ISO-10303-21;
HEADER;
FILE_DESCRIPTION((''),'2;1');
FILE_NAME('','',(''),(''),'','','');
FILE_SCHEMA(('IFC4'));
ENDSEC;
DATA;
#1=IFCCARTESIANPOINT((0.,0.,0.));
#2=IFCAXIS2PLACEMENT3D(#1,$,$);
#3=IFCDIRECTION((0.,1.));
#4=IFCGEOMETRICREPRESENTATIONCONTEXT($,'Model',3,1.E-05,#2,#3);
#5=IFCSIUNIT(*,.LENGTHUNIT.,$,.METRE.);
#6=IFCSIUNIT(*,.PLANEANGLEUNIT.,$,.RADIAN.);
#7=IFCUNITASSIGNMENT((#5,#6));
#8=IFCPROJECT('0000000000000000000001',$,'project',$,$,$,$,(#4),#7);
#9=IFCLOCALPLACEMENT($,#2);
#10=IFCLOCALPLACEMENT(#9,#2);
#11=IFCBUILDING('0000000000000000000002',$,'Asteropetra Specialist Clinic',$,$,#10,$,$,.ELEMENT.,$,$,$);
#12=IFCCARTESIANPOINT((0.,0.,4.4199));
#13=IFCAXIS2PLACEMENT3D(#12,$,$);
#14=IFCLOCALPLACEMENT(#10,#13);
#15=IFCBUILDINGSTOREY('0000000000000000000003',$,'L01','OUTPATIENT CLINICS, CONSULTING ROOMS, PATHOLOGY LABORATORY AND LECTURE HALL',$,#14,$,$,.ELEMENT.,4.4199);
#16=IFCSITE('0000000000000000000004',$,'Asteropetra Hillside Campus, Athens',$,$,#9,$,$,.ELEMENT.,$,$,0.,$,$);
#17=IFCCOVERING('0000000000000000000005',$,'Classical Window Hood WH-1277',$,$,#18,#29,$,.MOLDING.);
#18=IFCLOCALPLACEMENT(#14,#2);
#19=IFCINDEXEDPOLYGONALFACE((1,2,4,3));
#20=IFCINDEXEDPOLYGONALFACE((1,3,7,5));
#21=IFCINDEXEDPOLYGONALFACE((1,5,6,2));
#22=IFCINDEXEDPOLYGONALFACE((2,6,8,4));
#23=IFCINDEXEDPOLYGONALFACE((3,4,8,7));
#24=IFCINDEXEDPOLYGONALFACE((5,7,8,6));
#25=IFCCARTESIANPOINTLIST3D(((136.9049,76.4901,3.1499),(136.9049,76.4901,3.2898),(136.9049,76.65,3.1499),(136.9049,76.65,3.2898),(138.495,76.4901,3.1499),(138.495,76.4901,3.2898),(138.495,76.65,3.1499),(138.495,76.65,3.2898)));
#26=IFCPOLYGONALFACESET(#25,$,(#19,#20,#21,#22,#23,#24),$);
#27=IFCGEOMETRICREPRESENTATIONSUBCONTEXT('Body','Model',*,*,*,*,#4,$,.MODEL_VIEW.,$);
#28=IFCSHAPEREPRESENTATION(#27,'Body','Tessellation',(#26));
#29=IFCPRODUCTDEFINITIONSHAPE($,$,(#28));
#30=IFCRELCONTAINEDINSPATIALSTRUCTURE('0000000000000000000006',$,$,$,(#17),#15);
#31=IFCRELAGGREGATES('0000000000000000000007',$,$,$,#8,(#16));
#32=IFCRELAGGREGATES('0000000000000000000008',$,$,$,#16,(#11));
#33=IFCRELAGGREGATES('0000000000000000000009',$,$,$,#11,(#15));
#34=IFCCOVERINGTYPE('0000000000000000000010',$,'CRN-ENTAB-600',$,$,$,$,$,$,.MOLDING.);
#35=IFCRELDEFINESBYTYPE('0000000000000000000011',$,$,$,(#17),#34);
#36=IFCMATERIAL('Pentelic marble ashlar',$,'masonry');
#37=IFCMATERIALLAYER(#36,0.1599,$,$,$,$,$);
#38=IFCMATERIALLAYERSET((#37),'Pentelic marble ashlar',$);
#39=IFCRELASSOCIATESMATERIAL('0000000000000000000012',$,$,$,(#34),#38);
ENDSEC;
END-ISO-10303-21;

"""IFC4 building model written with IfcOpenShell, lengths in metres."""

from ifc_helpers import new_model, si_unit, direction, frame, origin, origin_2d, place, context, subcontext, project, spatial, rectangle, extrude, material, layer, layer_set, type_object, element, save


model = new_model("IFC4")

# Units and contexts
model_context = context("Model", 3, precision=1e-05, world=origin(), true_north=direction((0.0, 1.0)))
body_context = subcontext(model_context, "Body", "Model", "MODEL_VIEW")
ifc_project = project(units=[si_unit("LENGTHUNIT", "METRE"), si_unit("PLANEANGLEUNIT", "RADIAN")], contexts=[model_context])

# Site, building, storey
site_placement = place(None, origin())
site = spatial("IfcSite", under=ifc_project, at=site_placement, Name="Asteropetra Hillside Campus, Athens", CompositionType="ELEMENT", RefElevation=0.0)
building_placement = place(site_placement, origin())
building = spatial("IfcBuilding", under=site, at=building_placement, Name="Asteropetra Specialist Clinic", CompositionType="ELEMENT")
storey_placement = place(building_placement, frame((0.0, 0.0, 4.4199)))
storey = spatial("IfcBuildingStorey", under=building, at=storey_placement, Name="L01", Description="OUTPATIENT CLINICS, CONSULTING ROOMS, PATHOLOGY LABORATORY AND LECTURE HALL", CompositionType="ELEMENT", Elevation=4.4199)

# Covering
ifc_material_1 = material(Name="Pentelic marble ashlar", Category="masonry")
ifc_layer_1 = layer(ifc_material_1, 0.1599)
ifc_layer_set_1 = layer_set([ifc_layer_1], Name="Pentelic marble ashlar")
covering_type_1 = type_object("IfcCoveringType", Name="CRN-ENTAB-600", PredefinedType="MOLDING", material=ifc_layer_set_1)
covering_1_placement = place(storey_placement, frame((137.7, 76.5701, 3.1499), z_axis=(0.0, 0.0, 1.0), x_axis=(1.0, 0.0, 0.0)))
element("IfcCovering", 1, at=covering_1_placement, inside=storey, type_object=covering_type_1, Name="Classical Window Hood WH-1277", PredefinedType="MOLDING", context=body_context, shape_type="SweptSolid", body=[
    extrude(rectangle(XDim=1.5901, YDim=0.1599, at=origin_2d()), origin(), (0.0, 0.0, 1.0), 0.1399),
])

save(model, "model.ifc")
